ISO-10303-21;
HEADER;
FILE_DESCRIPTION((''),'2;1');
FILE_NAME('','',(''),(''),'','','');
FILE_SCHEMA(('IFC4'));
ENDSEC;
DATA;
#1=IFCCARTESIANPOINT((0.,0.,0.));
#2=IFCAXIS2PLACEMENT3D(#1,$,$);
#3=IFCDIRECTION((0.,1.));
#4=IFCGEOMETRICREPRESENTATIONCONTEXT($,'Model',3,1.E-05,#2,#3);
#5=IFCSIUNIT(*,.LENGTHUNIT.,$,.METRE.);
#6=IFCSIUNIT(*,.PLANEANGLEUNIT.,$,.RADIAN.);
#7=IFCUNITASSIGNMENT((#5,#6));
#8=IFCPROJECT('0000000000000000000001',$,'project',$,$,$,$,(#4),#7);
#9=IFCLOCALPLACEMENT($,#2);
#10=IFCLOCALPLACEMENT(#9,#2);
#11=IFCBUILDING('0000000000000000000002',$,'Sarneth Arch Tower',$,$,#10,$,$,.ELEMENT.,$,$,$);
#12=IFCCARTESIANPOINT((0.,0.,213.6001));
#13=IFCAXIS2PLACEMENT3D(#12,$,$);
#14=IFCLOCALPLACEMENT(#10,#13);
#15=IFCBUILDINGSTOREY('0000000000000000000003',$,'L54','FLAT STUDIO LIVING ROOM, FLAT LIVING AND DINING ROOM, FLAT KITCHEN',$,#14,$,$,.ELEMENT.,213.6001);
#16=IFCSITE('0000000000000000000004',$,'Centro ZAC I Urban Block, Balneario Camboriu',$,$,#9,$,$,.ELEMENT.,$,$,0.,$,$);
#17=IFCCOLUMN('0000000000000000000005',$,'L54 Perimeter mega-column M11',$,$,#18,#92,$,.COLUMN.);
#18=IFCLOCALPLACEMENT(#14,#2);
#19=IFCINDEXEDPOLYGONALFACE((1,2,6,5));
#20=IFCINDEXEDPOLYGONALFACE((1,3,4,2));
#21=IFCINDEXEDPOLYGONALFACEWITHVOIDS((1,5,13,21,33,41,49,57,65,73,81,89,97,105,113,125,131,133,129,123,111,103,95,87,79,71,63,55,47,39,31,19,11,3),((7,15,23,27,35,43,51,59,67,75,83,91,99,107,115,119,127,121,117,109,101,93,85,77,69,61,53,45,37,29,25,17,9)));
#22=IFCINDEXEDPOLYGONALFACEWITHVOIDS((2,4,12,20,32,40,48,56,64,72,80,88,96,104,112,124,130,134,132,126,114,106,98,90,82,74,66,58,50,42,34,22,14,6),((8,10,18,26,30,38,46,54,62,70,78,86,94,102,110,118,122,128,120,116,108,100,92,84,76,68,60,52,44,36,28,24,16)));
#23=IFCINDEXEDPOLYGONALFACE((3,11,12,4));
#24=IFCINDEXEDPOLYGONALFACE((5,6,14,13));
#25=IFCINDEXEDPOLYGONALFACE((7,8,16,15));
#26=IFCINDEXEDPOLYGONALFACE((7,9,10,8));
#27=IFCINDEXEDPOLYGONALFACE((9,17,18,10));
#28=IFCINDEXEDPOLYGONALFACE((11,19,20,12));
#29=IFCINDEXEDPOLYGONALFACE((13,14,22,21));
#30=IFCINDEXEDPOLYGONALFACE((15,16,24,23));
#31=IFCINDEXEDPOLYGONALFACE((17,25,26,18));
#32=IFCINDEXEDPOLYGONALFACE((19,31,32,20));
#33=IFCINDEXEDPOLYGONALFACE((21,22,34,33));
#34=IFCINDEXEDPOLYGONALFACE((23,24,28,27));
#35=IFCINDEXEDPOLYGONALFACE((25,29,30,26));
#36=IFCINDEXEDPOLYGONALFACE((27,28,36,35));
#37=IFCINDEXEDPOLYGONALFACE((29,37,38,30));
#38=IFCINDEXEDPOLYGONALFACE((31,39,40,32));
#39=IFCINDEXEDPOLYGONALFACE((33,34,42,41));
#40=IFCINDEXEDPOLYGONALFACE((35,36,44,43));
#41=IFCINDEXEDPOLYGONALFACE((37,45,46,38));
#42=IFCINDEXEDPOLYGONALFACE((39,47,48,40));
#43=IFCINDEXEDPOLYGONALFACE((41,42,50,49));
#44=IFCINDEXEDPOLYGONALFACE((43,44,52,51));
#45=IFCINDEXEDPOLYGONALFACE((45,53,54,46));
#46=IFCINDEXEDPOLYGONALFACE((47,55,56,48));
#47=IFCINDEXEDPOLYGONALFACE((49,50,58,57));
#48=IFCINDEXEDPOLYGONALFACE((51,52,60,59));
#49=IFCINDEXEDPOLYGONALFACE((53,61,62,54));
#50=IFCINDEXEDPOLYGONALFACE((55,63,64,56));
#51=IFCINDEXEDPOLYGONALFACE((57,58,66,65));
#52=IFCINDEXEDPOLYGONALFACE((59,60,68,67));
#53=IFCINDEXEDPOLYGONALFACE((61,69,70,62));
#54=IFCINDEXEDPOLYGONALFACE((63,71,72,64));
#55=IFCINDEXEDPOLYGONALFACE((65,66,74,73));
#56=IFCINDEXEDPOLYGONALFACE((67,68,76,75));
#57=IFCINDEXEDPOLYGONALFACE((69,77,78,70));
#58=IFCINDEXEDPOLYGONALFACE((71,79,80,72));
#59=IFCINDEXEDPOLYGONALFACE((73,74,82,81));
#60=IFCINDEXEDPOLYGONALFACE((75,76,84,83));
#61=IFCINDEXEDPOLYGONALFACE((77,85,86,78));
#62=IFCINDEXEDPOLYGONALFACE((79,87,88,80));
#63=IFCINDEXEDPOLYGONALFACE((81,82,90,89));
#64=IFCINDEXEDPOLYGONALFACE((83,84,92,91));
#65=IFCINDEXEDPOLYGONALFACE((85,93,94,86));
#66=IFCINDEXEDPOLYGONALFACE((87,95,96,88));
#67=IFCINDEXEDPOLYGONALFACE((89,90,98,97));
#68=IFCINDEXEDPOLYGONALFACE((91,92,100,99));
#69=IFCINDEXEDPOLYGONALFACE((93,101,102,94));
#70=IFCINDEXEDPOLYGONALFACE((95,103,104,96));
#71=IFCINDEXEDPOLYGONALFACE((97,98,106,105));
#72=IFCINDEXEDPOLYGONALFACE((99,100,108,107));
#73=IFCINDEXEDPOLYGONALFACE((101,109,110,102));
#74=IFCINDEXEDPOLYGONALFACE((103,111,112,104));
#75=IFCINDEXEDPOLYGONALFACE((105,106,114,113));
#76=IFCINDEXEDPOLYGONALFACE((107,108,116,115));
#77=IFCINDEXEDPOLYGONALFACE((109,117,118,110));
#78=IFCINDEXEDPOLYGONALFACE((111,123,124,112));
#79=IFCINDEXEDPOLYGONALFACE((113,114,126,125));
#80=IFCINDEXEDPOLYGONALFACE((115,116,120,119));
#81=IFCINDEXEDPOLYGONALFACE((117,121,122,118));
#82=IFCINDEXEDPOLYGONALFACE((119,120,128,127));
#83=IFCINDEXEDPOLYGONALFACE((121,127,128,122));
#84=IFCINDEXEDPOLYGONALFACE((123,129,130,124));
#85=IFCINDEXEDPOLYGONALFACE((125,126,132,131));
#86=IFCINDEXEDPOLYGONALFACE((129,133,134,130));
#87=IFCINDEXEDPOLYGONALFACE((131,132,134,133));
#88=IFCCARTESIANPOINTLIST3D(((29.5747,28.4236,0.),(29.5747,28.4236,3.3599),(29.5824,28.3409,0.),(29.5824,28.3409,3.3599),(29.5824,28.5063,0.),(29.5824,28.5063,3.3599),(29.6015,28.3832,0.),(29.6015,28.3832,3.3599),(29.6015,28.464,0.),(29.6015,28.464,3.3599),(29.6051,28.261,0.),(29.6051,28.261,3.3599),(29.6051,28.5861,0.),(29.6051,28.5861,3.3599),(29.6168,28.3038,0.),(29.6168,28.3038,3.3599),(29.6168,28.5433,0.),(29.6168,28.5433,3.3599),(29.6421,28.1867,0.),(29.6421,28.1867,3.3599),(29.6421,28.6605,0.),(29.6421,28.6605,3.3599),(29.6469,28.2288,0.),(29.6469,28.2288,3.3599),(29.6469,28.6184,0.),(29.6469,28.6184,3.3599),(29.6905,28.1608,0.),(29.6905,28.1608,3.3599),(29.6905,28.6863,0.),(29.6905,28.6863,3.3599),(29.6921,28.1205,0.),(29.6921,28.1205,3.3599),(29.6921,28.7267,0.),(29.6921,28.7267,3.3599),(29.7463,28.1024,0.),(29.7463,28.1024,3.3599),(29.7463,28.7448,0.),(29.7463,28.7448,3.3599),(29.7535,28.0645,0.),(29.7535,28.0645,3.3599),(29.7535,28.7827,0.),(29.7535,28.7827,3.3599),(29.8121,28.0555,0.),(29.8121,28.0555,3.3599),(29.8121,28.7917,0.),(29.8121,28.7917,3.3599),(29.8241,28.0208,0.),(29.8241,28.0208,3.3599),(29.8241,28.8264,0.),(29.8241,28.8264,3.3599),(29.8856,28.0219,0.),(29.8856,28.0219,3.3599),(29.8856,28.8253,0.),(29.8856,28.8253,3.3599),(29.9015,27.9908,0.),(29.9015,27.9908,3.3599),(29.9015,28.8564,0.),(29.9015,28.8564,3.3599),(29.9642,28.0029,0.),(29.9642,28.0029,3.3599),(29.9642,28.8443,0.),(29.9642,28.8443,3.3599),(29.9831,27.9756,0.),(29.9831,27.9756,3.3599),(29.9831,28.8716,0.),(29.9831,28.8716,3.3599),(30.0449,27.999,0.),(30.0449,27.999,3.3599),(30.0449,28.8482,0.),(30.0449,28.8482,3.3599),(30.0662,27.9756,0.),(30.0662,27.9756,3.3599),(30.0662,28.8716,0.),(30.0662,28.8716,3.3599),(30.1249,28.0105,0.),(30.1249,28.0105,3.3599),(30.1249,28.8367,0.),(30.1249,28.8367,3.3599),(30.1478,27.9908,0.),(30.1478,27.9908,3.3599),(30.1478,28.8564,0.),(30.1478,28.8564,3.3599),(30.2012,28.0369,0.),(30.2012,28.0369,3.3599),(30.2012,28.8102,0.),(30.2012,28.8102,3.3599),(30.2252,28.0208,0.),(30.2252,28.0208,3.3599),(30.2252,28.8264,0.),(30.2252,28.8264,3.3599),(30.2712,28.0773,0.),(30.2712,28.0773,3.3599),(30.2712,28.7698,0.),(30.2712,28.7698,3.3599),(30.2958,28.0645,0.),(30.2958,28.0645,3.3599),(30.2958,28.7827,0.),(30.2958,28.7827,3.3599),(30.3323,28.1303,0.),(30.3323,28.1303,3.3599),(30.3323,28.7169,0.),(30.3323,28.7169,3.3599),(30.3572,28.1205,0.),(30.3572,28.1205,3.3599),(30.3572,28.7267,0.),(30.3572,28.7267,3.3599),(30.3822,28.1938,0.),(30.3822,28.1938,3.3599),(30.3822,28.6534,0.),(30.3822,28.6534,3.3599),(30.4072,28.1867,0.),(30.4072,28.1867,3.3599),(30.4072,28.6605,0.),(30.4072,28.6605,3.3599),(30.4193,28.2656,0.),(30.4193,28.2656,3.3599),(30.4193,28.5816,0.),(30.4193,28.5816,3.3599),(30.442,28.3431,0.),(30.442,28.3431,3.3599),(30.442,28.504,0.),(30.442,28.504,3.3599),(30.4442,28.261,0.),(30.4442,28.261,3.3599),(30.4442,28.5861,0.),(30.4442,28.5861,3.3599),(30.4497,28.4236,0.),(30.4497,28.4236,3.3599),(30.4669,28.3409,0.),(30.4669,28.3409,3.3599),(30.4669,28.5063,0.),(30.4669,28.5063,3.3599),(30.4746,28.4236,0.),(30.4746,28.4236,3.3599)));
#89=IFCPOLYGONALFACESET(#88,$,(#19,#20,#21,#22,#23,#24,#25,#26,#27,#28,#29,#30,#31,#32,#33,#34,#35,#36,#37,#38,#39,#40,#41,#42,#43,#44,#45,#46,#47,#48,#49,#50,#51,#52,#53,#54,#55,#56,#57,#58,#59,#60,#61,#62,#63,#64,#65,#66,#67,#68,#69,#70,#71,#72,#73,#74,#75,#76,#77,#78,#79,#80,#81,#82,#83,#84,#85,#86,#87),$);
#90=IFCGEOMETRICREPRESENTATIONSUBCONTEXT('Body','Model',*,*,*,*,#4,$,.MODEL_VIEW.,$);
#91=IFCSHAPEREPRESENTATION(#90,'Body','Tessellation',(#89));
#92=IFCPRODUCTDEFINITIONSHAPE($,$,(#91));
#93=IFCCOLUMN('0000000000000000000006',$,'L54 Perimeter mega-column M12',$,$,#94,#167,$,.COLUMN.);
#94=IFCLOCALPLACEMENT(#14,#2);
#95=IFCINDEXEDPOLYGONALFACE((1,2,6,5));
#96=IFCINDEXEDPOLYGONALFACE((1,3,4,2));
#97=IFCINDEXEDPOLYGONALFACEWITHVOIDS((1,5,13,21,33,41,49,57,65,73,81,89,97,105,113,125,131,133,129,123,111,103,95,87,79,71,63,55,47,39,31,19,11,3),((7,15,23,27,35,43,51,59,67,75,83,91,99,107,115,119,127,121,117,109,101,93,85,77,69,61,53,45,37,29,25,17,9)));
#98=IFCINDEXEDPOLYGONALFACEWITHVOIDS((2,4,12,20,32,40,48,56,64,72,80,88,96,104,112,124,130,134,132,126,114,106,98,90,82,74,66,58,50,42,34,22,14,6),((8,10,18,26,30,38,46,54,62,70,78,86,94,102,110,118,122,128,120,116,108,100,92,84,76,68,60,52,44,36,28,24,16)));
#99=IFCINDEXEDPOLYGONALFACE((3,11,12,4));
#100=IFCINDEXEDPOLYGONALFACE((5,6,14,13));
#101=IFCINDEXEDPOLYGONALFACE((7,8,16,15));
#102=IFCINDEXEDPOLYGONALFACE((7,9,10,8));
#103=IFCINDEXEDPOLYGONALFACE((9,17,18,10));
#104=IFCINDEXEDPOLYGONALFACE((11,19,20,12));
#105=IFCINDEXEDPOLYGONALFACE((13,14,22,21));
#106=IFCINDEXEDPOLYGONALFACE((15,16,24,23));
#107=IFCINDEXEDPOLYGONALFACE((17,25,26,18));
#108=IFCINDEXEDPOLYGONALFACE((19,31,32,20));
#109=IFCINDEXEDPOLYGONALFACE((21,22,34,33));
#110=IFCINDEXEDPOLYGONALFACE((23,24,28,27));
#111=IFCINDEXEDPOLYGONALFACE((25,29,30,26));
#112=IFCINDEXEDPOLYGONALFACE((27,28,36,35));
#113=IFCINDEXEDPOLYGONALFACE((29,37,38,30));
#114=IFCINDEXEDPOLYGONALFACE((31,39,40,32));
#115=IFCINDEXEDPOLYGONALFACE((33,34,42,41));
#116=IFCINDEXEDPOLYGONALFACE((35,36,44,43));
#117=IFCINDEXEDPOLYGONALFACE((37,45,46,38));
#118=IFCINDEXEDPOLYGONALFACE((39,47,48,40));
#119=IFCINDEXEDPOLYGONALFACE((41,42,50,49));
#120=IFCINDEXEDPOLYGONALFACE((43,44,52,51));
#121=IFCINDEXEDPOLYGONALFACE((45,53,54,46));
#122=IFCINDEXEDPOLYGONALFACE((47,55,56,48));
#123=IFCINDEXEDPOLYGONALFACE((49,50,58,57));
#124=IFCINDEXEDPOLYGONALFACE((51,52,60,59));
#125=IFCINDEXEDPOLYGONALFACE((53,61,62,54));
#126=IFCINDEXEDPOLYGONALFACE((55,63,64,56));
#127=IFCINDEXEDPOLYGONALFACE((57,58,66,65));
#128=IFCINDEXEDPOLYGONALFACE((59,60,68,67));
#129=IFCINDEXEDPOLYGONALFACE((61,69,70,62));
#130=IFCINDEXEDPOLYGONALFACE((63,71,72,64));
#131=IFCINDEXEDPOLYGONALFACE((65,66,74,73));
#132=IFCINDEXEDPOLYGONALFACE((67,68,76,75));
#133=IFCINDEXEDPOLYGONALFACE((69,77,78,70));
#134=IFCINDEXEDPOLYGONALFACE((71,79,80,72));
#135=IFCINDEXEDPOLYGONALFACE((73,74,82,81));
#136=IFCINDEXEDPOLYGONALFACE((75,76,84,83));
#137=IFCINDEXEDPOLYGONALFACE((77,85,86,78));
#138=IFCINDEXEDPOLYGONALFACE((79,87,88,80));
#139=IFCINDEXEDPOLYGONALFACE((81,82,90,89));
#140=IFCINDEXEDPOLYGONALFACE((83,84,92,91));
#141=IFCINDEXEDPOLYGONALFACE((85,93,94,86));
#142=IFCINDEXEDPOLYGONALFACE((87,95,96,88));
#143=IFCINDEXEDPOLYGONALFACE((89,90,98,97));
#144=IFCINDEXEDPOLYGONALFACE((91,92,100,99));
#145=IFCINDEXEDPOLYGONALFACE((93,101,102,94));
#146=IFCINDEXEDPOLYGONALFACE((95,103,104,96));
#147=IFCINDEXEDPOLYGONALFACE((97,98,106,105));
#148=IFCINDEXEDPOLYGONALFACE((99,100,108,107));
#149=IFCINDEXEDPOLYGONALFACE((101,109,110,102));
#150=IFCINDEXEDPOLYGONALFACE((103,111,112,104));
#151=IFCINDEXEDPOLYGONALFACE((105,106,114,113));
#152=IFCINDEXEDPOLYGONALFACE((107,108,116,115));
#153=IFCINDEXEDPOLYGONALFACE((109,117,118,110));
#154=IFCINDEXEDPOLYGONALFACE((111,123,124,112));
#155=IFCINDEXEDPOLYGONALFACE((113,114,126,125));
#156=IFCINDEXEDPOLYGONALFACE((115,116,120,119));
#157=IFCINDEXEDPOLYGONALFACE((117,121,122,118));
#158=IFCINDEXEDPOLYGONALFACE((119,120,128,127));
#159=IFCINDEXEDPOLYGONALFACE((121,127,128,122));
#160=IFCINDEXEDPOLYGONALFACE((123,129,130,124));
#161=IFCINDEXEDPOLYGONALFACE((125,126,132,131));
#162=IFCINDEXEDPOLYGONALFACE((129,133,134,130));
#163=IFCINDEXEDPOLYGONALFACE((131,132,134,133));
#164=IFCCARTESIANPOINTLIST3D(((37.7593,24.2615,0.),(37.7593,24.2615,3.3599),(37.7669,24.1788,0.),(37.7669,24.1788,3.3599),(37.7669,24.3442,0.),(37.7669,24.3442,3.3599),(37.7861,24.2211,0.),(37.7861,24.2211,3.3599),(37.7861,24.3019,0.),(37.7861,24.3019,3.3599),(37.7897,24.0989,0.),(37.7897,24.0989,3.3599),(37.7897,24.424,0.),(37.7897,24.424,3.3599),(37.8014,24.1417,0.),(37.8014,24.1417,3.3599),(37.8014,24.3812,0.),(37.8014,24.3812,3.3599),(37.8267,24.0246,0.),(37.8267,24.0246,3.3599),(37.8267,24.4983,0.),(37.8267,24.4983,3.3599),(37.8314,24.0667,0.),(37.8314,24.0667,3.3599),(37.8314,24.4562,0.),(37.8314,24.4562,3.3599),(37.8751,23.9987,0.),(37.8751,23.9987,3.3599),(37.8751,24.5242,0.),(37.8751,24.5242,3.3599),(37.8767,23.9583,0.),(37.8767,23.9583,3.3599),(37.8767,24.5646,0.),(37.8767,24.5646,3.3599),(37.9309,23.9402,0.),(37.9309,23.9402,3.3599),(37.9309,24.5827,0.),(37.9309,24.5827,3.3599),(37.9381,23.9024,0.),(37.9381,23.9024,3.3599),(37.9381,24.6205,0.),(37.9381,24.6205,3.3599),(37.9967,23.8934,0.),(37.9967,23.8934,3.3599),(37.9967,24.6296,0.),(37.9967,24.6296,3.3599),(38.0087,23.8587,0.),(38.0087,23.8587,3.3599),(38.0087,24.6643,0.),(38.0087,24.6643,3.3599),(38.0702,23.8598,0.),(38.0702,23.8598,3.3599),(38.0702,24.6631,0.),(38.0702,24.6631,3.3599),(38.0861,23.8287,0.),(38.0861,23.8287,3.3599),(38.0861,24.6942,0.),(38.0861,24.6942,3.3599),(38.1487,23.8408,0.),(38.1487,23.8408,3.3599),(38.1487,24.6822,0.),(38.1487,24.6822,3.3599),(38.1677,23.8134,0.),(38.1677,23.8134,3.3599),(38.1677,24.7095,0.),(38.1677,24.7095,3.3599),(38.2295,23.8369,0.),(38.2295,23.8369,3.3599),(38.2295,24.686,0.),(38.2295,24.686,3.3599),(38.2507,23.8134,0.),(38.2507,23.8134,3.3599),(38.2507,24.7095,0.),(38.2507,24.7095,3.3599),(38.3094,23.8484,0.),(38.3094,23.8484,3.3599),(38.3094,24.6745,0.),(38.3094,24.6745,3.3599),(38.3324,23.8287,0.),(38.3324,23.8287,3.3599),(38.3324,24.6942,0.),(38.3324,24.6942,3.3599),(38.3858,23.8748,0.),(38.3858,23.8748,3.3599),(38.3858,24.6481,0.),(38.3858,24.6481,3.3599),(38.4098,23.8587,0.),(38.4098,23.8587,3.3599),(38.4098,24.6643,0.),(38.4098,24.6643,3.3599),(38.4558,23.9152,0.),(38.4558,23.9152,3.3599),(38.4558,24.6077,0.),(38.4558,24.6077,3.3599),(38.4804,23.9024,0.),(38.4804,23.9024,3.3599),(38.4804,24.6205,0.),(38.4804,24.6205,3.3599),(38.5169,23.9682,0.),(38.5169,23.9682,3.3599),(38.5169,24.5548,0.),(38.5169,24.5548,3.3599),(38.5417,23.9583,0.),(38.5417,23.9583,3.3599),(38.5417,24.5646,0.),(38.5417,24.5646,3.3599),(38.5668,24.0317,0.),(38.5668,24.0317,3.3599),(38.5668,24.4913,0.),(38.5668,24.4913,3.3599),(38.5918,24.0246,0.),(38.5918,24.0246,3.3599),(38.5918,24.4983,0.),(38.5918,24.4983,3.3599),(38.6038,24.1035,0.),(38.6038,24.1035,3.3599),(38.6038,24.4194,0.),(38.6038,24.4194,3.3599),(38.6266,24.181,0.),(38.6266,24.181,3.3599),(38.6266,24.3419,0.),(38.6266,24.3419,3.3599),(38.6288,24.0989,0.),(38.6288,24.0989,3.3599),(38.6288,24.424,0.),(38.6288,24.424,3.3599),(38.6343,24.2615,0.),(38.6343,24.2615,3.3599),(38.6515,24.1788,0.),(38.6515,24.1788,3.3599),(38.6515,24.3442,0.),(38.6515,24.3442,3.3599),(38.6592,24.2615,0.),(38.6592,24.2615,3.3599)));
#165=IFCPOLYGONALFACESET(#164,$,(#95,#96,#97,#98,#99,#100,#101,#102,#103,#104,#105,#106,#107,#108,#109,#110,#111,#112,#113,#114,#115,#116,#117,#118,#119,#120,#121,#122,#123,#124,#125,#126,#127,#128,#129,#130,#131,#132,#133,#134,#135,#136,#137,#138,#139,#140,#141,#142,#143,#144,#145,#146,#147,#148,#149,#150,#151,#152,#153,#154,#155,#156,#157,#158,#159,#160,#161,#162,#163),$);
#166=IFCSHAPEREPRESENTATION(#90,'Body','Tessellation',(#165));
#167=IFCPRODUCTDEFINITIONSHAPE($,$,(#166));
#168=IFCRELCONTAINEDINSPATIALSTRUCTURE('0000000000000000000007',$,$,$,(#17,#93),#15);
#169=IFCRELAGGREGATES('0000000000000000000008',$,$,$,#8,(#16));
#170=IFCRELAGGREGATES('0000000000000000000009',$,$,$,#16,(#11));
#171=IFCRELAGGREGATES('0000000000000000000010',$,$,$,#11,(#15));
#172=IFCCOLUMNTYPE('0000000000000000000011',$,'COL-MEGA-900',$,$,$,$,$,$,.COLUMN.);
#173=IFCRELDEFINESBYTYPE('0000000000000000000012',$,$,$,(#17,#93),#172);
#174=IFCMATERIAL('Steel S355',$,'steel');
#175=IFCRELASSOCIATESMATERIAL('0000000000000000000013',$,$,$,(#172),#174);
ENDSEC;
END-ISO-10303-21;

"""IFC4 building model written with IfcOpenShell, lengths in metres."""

from ifc_helpers import new_model, si_unit, direction, frame, origin, origin_2d, place, context, subcontext, project, spatial, hollow_circle, extrude, material, material_profile, profile_set, type_object, element, save


model = new_model("IFC4")

# Units and contexts
model_context = context("Model", 3, precision=1e-05, world=origin(), true_north=direction((0.0, 1.0)))
body_context = subcontext(model_context, "Body", "Model", "MODEL_VIEW")
ifc_project = project(units=[si_unit("LENGTHUNIT", "METRE"), si_unit("PLANEANGLEUNIT", "RADIAN")], contexts=[model_context])

# Site, building, storey
site_placement = place(None, origin())
site = spatial("IfcSite", under=ifc_project, at=site_placement, Name="Centro ZAC I Urban Block, Balneario Camboriu", CompositionType="ELEMENT", RefElevation=0.0)
building_placement = place(site_placement, origin())
building = spatial("IfcBuilding", under=site, at=building_placement, Name="Sarneth Arch Tower", CompositionType="ELEMENT")
storey_placement = place(building_placement, frame((0.0, 0.0, 213.6001)))
storey = spatial("IfcBuildingStorey", under=building, at=storey_placement, Name="L54", Description="FLAT STUDIO LIVING ROOM, FLAT LIVING AND DINING ROOM, FLAT KITCHEN", CompositionType="ELEMENT", Elevation=213.6001)

# Columns
ifc_material_1 = material(Name="Steel S355", Category="steel")
ifc_material_profile_1 = material_profile(ifc_material_1, hollow_circle(Radius=0.45, WallThickness=0.0249, at=origin_2d()), Name="CHS900x25")
ifc_profile_set_1 = profile_set([ifc_material_profile_1], Name="Steel S355")
column_type = type_object("IfcColumnType", Name="COL-MEGA-900", PredefinedType="COLUMN", material=ifc_profile_set_1)
for number, where, z_axis, x_axis, name in (
    (1, (30.0247, 28.4236, 0.0), (0.0, 0.0, 1.0), (1.0, 0.0, 0.0), "L54 Perimeter mega-column M11"),
    (2, (38.2092, 24.2615, 0.0), (0.0, 0.0, 1.0), (1.0, 0.0, 0.0), "L54 Perimeter mega-column M12"),
):
    element("IfcColumn", number, at=place(storey_placement, frame(where, z_axis=z_axis, x_axis=x_axis)), inside=storey, type_object=column_type, Name=name, PredefinedType="COLUMN", context=body_context, shape_type="SweptSolid", body=[
        extrude(hollow_circle(Radius=0.45, WallThickness=0.0249, at=origin_2d()), origin(), (0.0, 0.0, 1.0), 3.3599),
    ])

save(model, "model.ifc")
